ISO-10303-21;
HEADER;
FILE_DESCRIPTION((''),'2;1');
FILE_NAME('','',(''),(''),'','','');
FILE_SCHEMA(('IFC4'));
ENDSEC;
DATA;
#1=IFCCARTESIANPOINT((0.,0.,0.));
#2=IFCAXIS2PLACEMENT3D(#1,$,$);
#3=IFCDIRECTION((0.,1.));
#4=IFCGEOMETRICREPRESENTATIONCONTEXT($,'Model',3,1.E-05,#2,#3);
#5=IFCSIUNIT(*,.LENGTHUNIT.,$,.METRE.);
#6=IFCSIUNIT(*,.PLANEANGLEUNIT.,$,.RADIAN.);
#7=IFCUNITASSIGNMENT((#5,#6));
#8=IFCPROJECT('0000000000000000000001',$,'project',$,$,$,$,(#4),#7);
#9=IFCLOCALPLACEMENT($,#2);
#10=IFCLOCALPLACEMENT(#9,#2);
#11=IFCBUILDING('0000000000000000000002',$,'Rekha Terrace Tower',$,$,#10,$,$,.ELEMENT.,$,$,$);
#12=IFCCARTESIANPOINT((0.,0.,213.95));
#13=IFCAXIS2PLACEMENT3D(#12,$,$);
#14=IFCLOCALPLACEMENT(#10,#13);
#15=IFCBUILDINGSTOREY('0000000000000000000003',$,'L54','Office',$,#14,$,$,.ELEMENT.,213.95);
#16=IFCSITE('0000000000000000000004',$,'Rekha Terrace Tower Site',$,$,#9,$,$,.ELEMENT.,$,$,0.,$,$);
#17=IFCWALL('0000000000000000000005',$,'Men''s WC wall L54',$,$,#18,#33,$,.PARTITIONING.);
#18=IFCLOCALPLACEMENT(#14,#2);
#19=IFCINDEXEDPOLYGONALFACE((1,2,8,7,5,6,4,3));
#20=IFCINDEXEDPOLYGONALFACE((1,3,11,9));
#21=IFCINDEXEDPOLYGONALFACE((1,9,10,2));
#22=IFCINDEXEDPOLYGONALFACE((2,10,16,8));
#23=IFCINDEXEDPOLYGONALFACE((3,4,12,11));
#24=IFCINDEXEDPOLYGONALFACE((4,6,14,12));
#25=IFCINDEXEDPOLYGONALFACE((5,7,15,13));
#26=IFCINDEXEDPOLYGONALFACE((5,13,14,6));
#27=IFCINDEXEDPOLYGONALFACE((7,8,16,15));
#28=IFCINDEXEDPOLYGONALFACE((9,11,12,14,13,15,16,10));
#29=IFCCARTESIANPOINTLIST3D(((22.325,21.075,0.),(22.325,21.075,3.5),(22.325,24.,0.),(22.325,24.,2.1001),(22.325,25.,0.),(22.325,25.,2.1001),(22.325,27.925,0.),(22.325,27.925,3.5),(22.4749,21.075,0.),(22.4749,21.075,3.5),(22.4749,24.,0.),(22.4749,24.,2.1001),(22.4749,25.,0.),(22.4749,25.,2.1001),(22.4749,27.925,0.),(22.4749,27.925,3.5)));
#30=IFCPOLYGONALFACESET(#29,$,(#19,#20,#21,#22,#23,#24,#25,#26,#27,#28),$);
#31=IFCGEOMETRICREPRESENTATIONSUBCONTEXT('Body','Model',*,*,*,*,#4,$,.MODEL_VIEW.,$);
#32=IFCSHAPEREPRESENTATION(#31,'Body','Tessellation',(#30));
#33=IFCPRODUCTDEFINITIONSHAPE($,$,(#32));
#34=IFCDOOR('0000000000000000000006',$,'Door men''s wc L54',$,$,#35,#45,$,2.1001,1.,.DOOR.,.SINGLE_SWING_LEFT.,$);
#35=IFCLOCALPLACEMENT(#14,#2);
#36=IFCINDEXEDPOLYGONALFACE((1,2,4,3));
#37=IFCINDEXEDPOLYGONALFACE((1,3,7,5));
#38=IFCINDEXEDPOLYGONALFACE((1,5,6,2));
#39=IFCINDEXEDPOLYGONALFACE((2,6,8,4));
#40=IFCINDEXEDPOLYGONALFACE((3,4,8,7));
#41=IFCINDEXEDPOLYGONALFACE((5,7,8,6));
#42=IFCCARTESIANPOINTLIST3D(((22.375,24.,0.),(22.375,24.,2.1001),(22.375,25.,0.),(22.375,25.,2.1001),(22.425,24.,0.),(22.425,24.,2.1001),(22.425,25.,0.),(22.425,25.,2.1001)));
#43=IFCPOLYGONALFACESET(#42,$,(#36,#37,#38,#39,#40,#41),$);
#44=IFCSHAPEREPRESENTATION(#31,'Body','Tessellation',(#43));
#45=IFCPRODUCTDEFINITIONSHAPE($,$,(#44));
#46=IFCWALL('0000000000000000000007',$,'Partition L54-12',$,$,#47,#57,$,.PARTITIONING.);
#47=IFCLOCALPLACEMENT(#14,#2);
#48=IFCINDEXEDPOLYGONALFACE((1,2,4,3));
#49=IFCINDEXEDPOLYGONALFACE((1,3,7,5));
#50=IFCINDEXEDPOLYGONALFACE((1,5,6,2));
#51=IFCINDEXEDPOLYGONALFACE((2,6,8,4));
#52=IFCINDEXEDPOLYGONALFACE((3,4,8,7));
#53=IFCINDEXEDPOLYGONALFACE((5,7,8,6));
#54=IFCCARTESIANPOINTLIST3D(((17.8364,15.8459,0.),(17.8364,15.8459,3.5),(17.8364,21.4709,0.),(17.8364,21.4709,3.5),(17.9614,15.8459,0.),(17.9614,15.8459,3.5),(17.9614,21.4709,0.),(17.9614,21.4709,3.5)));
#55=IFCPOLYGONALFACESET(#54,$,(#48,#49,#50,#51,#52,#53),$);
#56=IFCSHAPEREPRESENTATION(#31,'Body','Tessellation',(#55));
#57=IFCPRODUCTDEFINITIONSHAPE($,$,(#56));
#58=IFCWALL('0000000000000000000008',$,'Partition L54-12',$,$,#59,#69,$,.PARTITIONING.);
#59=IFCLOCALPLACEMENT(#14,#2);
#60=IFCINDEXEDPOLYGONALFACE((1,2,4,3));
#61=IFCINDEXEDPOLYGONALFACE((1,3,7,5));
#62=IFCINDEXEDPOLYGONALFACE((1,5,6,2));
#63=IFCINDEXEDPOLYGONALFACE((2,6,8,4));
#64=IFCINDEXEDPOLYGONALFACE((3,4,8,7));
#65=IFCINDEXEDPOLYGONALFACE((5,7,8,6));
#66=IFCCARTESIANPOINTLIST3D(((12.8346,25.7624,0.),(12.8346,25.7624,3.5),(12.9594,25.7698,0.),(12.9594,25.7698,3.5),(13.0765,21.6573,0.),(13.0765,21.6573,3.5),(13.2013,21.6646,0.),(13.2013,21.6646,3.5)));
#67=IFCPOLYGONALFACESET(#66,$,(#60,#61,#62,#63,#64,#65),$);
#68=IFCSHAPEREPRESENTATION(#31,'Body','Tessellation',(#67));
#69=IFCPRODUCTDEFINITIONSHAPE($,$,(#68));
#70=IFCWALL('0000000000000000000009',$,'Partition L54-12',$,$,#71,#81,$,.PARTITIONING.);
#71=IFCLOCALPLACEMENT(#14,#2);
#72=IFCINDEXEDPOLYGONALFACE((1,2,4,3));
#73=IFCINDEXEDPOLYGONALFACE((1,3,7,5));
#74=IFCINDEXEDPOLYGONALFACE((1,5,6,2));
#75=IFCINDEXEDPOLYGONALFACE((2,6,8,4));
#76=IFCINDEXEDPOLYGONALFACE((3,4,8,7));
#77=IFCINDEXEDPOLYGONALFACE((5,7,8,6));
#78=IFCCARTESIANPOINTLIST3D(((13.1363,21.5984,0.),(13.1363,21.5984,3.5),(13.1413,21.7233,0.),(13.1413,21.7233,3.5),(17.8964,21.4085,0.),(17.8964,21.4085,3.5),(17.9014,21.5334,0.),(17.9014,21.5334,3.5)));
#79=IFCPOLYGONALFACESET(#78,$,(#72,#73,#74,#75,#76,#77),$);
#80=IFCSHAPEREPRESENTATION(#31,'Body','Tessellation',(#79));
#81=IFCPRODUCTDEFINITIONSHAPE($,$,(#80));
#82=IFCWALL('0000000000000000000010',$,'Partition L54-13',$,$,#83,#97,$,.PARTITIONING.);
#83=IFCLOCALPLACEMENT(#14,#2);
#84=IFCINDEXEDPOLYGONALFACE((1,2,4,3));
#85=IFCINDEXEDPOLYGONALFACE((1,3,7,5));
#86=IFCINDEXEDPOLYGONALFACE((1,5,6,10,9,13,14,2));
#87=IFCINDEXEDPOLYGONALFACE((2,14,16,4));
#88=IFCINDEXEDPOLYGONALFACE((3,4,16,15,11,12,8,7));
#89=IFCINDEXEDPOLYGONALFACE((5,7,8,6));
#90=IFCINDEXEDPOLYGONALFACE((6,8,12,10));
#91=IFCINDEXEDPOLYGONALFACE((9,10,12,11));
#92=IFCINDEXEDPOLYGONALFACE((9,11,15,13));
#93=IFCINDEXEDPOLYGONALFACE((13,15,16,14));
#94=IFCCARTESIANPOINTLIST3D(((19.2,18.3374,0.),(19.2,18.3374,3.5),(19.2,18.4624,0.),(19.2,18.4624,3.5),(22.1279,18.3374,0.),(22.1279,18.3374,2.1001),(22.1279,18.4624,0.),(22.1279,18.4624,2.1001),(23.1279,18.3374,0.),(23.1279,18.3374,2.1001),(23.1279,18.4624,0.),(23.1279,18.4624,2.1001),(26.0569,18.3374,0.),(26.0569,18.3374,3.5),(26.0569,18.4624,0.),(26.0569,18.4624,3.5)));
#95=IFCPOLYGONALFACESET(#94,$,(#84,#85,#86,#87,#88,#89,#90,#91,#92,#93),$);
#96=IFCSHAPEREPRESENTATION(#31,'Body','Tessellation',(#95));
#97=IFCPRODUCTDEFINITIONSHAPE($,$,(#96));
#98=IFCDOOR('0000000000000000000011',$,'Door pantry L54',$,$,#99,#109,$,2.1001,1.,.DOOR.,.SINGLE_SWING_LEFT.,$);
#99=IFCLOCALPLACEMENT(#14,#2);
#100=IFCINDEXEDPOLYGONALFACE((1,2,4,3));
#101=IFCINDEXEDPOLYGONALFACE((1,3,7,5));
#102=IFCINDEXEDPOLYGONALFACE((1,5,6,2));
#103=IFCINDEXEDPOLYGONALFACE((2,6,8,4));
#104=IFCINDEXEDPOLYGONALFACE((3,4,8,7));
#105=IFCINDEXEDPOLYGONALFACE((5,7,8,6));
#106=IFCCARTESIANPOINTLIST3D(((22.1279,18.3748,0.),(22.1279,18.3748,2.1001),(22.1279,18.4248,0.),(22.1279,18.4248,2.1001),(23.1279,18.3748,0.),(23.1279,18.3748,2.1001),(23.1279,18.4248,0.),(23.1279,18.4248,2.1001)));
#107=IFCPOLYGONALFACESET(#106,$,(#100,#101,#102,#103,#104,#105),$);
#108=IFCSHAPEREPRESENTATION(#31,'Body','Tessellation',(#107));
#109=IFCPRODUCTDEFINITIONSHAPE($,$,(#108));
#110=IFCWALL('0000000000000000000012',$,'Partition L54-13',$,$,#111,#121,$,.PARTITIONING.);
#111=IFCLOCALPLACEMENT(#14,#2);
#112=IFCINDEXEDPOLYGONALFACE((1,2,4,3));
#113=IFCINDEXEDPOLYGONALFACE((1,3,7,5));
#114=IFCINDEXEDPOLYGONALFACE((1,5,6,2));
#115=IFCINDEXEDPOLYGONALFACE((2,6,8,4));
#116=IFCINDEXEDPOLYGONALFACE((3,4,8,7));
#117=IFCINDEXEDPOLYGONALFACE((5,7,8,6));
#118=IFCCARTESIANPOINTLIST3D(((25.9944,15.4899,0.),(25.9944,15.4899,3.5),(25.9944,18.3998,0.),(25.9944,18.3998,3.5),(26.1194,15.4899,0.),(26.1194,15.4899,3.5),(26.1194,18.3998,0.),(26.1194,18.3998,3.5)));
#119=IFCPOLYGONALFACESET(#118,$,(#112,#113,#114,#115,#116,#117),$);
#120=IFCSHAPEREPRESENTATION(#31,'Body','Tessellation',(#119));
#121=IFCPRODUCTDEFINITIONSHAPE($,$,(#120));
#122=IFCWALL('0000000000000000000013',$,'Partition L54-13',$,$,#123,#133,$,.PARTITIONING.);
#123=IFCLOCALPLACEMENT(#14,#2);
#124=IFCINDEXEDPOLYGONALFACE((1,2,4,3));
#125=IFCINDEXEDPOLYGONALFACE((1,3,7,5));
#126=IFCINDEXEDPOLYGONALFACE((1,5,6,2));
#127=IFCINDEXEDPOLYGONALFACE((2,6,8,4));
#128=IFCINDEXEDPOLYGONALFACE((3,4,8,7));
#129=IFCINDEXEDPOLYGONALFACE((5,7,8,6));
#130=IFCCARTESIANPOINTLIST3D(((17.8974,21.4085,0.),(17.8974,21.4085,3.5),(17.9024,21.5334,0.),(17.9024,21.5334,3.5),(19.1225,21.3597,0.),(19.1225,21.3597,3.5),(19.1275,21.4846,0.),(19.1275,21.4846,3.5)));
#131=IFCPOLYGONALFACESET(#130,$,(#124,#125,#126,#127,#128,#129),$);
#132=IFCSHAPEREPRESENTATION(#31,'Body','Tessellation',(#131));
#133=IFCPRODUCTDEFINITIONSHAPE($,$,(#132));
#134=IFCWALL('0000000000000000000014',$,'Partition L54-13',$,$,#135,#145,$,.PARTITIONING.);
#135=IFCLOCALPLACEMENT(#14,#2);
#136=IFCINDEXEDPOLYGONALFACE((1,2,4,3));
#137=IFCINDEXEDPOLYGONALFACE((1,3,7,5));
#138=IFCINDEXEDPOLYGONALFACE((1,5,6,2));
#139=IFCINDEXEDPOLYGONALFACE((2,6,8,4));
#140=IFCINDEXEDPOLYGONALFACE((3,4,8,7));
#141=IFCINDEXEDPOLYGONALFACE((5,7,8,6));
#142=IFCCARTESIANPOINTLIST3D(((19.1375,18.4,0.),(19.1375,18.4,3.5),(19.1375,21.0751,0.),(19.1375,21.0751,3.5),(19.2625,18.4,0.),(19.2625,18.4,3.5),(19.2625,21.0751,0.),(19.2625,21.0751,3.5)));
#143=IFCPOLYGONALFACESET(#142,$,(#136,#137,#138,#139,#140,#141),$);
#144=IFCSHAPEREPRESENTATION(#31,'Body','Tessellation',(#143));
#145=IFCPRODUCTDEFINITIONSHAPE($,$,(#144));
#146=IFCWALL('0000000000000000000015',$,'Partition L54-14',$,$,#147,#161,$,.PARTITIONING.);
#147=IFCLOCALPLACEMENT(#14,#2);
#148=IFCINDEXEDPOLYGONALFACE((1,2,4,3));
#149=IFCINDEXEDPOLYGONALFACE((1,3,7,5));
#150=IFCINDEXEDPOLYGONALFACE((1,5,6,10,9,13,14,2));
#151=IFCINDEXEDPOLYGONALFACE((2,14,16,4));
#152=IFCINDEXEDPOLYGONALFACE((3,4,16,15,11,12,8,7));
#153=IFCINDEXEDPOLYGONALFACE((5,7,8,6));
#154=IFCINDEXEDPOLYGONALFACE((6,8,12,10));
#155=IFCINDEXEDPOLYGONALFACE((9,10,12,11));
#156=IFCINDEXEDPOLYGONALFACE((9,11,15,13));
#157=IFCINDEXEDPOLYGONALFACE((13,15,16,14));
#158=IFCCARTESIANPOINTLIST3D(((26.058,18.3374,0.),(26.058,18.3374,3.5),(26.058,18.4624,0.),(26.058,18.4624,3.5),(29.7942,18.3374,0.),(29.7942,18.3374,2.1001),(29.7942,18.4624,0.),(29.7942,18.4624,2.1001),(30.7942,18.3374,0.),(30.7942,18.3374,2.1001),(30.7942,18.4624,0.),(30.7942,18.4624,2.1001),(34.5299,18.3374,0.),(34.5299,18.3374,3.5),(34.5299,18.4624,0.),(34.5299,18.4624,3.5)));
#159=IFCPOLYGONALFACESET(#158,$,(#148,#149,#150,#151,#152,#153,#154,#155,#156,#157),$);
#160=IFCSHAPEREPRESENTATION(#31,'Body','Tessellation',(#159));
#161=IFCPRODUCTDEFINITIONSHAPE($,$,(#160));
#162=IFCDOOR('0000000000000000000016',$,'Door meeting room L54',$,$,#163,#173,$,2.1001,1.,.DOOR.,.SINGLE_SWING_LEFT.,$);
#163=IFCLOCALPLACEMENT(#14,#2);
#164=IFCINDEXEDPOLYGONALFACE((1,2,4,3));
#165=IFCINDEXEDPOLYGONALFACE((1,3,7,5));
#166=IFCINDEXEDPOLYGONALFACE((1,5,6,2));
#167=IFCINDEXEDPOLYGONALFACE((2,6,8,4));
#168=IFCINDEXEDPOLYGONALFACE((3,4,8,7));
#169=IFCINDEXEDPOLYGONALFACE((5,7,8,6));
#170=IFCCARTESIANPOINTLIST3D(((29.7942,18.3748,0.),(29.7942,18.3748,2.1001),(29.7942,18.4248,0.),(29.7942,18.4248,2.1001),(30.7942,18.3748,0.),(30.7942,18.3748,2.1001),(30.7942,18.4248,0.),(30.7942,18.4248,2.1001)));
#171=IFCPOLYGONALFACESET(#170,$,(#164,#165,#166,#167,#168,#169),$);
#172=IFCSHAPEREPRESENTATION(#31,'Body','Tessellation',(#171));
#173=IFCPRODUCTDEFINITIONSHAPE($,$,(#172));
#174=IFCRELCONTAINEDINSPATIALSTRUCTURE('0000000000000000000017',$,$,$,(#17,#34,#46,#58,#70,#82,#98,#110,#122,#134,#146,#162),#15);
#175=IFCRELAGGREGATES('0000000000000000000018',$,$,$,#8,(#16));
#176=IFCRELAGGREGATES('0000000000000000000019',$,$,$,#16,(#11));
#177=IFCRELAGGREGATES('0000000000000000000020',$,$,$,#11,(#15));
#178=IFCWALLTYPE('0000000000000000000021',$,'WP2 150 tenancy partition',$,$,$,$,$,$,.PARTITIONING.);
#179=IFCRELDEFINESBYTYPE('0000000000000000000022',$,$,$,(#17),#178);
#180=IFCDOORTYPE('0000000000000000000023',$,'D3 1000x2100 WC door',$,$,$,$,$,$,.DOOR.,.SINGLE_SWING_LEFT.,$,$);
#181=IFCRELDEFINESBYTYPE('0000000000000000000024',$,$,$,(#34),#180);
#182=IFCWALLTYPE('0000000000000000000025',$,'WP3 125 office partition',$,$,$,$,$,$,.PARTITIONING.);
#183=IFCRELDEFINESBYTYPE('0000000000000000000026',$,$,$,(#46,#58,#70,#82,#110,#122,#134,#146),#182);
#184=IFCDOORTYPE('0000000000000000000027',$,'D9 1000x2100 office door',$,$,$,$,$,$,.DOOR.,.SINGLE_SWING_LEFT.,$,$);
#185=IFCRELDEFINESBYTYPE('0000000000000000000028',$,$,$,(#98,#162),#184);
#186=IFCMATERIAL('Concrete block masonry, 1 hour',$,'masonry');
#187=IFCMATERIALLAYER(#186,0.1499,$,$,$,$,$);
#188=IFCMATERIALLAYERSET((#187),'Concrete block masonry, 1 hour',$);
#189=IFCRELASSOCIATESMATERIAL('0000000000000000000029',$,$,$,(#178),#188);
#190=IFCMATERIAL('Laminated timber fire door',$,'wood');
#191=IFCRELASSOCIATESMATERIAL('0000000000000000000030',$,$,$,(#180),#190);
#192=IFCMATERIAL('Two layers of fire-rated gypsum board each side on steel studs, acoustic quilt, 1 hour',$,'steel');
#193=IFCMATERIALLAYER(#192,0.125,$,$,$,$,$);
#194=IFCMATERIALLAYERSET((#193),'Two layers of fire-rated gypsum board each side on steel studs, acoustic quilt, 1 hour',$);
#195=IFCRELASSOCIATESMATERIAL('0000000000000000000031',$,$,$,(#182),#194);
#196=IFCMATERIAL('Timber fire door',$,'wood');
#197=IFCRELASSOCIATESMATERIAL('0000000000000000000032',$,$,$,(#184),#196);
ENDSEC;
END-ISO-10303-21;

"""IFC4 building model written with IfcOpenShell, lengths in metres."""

from ifc_helpers import new_model, si_unit, direction, frame, frame_2d, origin, place, context, subcontext, project, spatial, rectangle, extrude, material, layer, layer_set, type_object, element, fill, save


model = new_model("IFC4")

# Units and contexts
model_context = context("Model", 3, precision=1e-05, world=origin(), true_north=direction((0.0, 1.0)))
body_context = subcontext(model_context, "Body", "Model", "MODEL_VIEW")
ifc_project = project(units=[si_unit("LENGTHUNIT", "METRE"), si_unit("PLANEANGLEUNIT", "RADIAN")], contexts=[model_context])

# Site, building, storey
site_placement = place(None, origin())
site = spatial("IfcSite", under=ifc_project, at=site_placement, Name="Rekha Terrace Tower Site", CompositionType="ELEMENT", RefElevation=0.0)
building_placement = place(site_placement, origin())
building = spatial("IfcBuilding", under=site, at=building_placement, Name="Rekha Terrace Tower", CompositionType="ELEMENT")
storey_placement = place(building_placement, frame((0.0, 0.0, 213.95)))
storey = spatial("IfcBuildingStorey", under=building, at=storey_placement, Name="L54", Description="Office", CompositionType="ELEMENT", Elevation=213.95)

# Shared definitions
ifc_material_1 = material(Name="Concrete block masonry, 1 hour", Category="masonry")
ifc_layer_1 = layer(ifc_material_1, 0.1499)
ifc_layer_set_1 = layer_set([ifc_layer_1], Name="Concrete block masonry, 1 hour")
wall_type_1 = type_object("IfcWallType", Name="WP2 150 tenancy partition", PredefinedType="PARTITIONING", material=ifc_layer_set_1)

# Wall, opening, door
wall_1_placement = place(storey_placement, frame((22.3999, 21.075, 0.0), z_axis=(0.0, 0.0, 1.0), x_axis=(0.0, 1.0, 0.0)))
wall_1 = element("IfcWall", 1, at=wall_1_placement, inside=storey, type_object=wall_type_1, Name="Men's WC wall L54", PredefinedType="PARTITIONING", context=body_context, shape_type="SweptSolid", body=[
    extrude(rectangle(XDim=6.8501, YDim=0.1499, at=frame_2d((3.425, 0.0))), origin(), (0.0, 0.0, 1.0), 3.5),
])
opening_1_placement = place(wall_1_placement, frame((2.925, 0.0, 0.0)))
opening_1 = element("IfcOpeningElement", 2, at=opening_1_placement, cuts=wall_1, PredefinedType="OPENING", context=body_context, shape_type="SweptSolid", body=[
    extrude(rectangle(XDim=1.0, YDim=2.1001, at=frame_2d((0.5, 1.05))), frame((0.0, 0.085, 0.0), z_axis=(0.0, -1.0, 0.0), x_axis=(1.0, 0.0, 0.0)), (0.0, 0.0, 1.0), 0.1699),
])
ifc_material_2 = material(Name="Laminated timber fire door", Category="wood")
door_type_1 = type_object("IfcDoorType", Name="D3 1000x2100 WC door", OperationType="SINGLE_SWING_LEFT", PredefinedType="DOOR", material=ifc_material_2)
door_1_placement = place(opening_1_placement, origin())
door_1 = element("IfcDoor", 3, at=door_1_placement, inside=storey, type_object=door_type_1, Name="Door men's wc L54", OperationType="SINGLE_SWING_LEFT", OverallHeight=2.1001, OverallWidth=1.0, PredefinedType="DOOR", context=body_context, shape_type="SweptSolid", body=[
    extrude(rectangle(XDim=1.0, YDim=2.1001, at=frame_2d((0.5, 1.05))), frame((0.0, 0.0249, 0.0), z_axis=(0.0, -1.0, 0.0), x_axis=(1.0, 0.0, 0.0)), (0.0, 0.0, 1.0), 0.05),
])
fill(opening_1, door_1)

# Walls
ifc_material_3 = material(Name="Two layers of fire-rated gypsum board each side on steel studs, acoustic quilt, 1 hour", Category="steel")
ifc_layer_2 = layer(ifc_material_3, 0.125)
ifc_layer_set_2 = layer_set([ifc_layer_2], Name="Two layers of fire-rated gypsum board each side on steel studs, acoustic quilt, 1 hour")
wall_type_2 = type_object("IfcWallType", Name="WP3 125 office partition", PredefinedType="PARTITIONING", material=ifc_layer_set_2)
wall_2_placement = place(storey_placement, frame((17.8989, 21.4709, 0.0), z_axis=(0.0, 0.0, 1.0), x_axis=(0.0, -1.0, 0.0)))
element("IfcWall", 4, at=wall_2_placement, inside=storey, type_object=wall_type_2, Name="Partition L54-12", PredefinedType="PARTITIONING", context=body_context, shape_type="SweptSolid", body=[
    extrude(rectangle(XDim=5.625, YDim=0.125, at=frame_2d((2.8125, 0.0))), origin(), (0.0, 0.0, 1.0), 3.5),
])
wall_3_placement = place(storey_placement, frame((12.897, 25.7661, 0.0), z_axis=(0.0, 0.0, 1.0), x_axis=(0.058833, -0.998268, 0.0)))
element("IfcWall", 5, at=wall_3_placement, inside=storey, type_object=wall_type_2, Name="Partition L54-12", PredefinedType="PARTITIONING", context=body_context, shape_type="SweptSolid", body=[
    extrude(rectangle(XDim=4.1123, YDim=0.125, at=frame_2d((2.0562, 0.0))), origin(), (0.0, 0.0, 1.0), 3.5),
])
wall_4_placement = place(storey_placement, frame((13.1389, 21.6609, 0.0), z_axis=(0.0, 0.0, 1.0), x_axis=(0.999205, -0.039872, 0.0)))
element("IfcWall", 6, at=wall_4_placement, inside=storey, type_object=wall_type_2, Name="Partition L54-12", PredefinedType="PARTITIONING", context=body_context, shape_type="SweptSolid", body=[
    extrude(rectangle(XDim=4.7639, YDim=0.125, at=frame_2d((2.3818, 0.0))), origin(), (0.0, 0.0, 1.0), 3.5),
])

# Wall, opening, door
wall_5_placement = place(storey_placement, frame((19.2, 18.3999, 0.0), z_axis=(0.0, 0.0, 1.0), x_axis=(1.0, 0.0, 0.0)))
wall_5 = element("IfcWall", 7, at=wall_5_placement, inside=storey, type_object=wall_type_2, Name="Partition L54-13", PredefinedType="PARTITIONING", context=body_context, shape_type="SweptSolid", body=[
    extrude(rectangle(XDim=6.8569, YDim=0.125, at=frame_2d((3.4285, 0.0))), origin(), (0.0, 0.0, 1.0), 3.5),
])
opening_2_placement = place(wall_5_placement, frame((2.928, 0.0, 0.0)))
opening_2 = element("IfcOpeningElement", 8, at=opening_2_placement, cuts=wall_5, PredefinedType="OPENING", context=body_context, shape_type="SweptSolid", body=[
    extrude(rectangle(XDim=1.0, YDim=2.1001, at=frame_2d((0.5, 1.05))), frame((0.0, 0.0725, 0.0), z_axis=(0.0, -1.0, 0.0), x_axis=(1.0, 0.0, 0.0)), (0.0, 0.0, 1.0), 0.145),
])
ifc_material_4 = material(Name="Timber fire door", Category="wood")
door_type_2 = type_object("IfcDoorType", Name="D9 1000x2100 office door", OperationType="SINGLE_SWING_LEFT", PredefinedType="DOOR", material=ifc_material_4)
door_2_placement = place(opening_2_placement, origin())
door_2 = element("IfcDoor", 9, at=door_2_placement, inside=storey, type_object=door_type_2, Name="Door pantry L54", OperationType="SINGLE_SWING_LEFT", OverallHeight=2.1001, OverallWidth=1.0, PredefinedType="DOOR", context=body_context, shape_type="SweptSolid", body=[
    extrude(rectangle(XDim=1.0, YDim=2.1001, at=frame_2d((0.5, 1.05))), frame((0.0, 0.0249, 0.0), z_axis=(0.0, -1.0, 0.0), x_axis=(1.0, 0.0, 0.0)), (0.0, 0.0, 1.0), 0.05),
])
fill(opening_2, door_2)

# Walls
wall_6_placement = place(storey_placement, frame((26.0569, 18.3999, 0.0), z_axis=(0.0, 0.0, 1.0), x_axis=(0.0, -1.0, 0.0)))
element("IfcWall", 10, at=wall_6_placement, inside=storey, type_object=wall_type_2, Name="Partition L54-13", PredefinedType="PARTITIONING", context=body_context, shape_type="SweptSolid", body=[
    extrude(rectangle(XDim=2.9099, YDim=0.125, at=frame_2d((1.4551, 0.0))), origin(), (0.0, 0.0, 1.0), 3.5),
])
wall_7_placement = place(storey_placement, frame((17.8999, 21.4709, 0.0), z_axis=(0.0, 0.0, 1.0), x_axis=(0.999207, -0.039825, 0.0)))
element("IfcWall", 11, at=wall_7_placement, inside=storey, type_object=wall_type_2, Name="Partition L54-13", PredefinedType="PARTITIONING", context=body_context, shape_type="SweptSolid", body=[
    extrude(rectangle(XDim=1.2261, YDim=0.125, at=frame_2d((0.613, 0.0))), origin(), (0.0, 0.0, 1.0), 3.5),
])
wall_8_placement = place(storey_placement, frame((19.2, 21.075, 0.0), z_axis=(0.0, 0.0, 1.0), x_axis=(0.0, -1.0, 0.0)))
element("IfcWall", 12, at=wall_8_placement, inside=storey, type_object=wall_type_2, Name="Partition L54-13", PredefinedType="PARTITIONING", context=body_context, shape_type="SweptSolid", body=[
    extrude(rectangle(XDim=2.675, YDim=0.125, at=frame_2d((1.3374, 0.0))), origin(), (0.0, 0.0, 1.0), 3.5),
])

# Wall, opening, door
wall_9_placement = place(storey_placement, frame((26.0581, 18.3999, 0.0), z_axis=(0.0, 0.0, 1.0), x_axis=(1.0, 0.0, 0.0)))
wall_9 = element("IfcWall", 13, at=wall_9_placement, inside=storey, type_object=wall_type_2, Name="Partition L54-14", PredefinedType="PARTITIONING", context=body_context, shape_type="SweptSolid", body=[
    extrude(rectangle(XDim=8.4719, YDim=0.125, at=frame_2d((4.2358, 0.0))), origin(), (0.0, 0.0, 1.0), 3.5),
])
opening_3_placement = place(wall_9_placement, frame((3.7361, 0.0, 0.0)))
opening_3 = element("IfcOpeningElement", 14, at=opening_3_placement, cuts=wall_9, PredefinedType="OPENING", context=body_context, shape_type="SweptSolid", body=[
    extrude(rectangle(XDim=1.0, YDim=2.1001, at=frame_2d((0.5, 1.05))), frame((0.0, 0.0725, 0.0), z_axis=(0.0, -1.0, 0.0), x_axis=(1.0, 0.0, 0.0)), (0.0, 0.0, 1.0), 0.145),
])
door_3_placement = place(opening_3_placement, origin())
door_3 = element("IfcDoor", 15, at=door_3_placement, inside=storey, type_object=door_type_2, Name="Door meeting room L54", OperationType="SINGLE_SWING_LEFT", OverallHeight=2.1001, OverallWidth=1.0, PredefinedType="DOOR", context=body_context, shape_type="SweptSolid", body=[
    extrude(rectangle(XDim=1.0, YDim=2.1001, at=frame_2d((0.5, 1.05))), frame((0.0, 0.0249, 0.0), z_axis=(0.0, -1.0, 0.0), x_axis=(1.0, 0.0, 0.0)), (0.0, 0.0, 1.0), 0.05),
])
fill(opening_3, door_3)

save(model, "model.ifc")
